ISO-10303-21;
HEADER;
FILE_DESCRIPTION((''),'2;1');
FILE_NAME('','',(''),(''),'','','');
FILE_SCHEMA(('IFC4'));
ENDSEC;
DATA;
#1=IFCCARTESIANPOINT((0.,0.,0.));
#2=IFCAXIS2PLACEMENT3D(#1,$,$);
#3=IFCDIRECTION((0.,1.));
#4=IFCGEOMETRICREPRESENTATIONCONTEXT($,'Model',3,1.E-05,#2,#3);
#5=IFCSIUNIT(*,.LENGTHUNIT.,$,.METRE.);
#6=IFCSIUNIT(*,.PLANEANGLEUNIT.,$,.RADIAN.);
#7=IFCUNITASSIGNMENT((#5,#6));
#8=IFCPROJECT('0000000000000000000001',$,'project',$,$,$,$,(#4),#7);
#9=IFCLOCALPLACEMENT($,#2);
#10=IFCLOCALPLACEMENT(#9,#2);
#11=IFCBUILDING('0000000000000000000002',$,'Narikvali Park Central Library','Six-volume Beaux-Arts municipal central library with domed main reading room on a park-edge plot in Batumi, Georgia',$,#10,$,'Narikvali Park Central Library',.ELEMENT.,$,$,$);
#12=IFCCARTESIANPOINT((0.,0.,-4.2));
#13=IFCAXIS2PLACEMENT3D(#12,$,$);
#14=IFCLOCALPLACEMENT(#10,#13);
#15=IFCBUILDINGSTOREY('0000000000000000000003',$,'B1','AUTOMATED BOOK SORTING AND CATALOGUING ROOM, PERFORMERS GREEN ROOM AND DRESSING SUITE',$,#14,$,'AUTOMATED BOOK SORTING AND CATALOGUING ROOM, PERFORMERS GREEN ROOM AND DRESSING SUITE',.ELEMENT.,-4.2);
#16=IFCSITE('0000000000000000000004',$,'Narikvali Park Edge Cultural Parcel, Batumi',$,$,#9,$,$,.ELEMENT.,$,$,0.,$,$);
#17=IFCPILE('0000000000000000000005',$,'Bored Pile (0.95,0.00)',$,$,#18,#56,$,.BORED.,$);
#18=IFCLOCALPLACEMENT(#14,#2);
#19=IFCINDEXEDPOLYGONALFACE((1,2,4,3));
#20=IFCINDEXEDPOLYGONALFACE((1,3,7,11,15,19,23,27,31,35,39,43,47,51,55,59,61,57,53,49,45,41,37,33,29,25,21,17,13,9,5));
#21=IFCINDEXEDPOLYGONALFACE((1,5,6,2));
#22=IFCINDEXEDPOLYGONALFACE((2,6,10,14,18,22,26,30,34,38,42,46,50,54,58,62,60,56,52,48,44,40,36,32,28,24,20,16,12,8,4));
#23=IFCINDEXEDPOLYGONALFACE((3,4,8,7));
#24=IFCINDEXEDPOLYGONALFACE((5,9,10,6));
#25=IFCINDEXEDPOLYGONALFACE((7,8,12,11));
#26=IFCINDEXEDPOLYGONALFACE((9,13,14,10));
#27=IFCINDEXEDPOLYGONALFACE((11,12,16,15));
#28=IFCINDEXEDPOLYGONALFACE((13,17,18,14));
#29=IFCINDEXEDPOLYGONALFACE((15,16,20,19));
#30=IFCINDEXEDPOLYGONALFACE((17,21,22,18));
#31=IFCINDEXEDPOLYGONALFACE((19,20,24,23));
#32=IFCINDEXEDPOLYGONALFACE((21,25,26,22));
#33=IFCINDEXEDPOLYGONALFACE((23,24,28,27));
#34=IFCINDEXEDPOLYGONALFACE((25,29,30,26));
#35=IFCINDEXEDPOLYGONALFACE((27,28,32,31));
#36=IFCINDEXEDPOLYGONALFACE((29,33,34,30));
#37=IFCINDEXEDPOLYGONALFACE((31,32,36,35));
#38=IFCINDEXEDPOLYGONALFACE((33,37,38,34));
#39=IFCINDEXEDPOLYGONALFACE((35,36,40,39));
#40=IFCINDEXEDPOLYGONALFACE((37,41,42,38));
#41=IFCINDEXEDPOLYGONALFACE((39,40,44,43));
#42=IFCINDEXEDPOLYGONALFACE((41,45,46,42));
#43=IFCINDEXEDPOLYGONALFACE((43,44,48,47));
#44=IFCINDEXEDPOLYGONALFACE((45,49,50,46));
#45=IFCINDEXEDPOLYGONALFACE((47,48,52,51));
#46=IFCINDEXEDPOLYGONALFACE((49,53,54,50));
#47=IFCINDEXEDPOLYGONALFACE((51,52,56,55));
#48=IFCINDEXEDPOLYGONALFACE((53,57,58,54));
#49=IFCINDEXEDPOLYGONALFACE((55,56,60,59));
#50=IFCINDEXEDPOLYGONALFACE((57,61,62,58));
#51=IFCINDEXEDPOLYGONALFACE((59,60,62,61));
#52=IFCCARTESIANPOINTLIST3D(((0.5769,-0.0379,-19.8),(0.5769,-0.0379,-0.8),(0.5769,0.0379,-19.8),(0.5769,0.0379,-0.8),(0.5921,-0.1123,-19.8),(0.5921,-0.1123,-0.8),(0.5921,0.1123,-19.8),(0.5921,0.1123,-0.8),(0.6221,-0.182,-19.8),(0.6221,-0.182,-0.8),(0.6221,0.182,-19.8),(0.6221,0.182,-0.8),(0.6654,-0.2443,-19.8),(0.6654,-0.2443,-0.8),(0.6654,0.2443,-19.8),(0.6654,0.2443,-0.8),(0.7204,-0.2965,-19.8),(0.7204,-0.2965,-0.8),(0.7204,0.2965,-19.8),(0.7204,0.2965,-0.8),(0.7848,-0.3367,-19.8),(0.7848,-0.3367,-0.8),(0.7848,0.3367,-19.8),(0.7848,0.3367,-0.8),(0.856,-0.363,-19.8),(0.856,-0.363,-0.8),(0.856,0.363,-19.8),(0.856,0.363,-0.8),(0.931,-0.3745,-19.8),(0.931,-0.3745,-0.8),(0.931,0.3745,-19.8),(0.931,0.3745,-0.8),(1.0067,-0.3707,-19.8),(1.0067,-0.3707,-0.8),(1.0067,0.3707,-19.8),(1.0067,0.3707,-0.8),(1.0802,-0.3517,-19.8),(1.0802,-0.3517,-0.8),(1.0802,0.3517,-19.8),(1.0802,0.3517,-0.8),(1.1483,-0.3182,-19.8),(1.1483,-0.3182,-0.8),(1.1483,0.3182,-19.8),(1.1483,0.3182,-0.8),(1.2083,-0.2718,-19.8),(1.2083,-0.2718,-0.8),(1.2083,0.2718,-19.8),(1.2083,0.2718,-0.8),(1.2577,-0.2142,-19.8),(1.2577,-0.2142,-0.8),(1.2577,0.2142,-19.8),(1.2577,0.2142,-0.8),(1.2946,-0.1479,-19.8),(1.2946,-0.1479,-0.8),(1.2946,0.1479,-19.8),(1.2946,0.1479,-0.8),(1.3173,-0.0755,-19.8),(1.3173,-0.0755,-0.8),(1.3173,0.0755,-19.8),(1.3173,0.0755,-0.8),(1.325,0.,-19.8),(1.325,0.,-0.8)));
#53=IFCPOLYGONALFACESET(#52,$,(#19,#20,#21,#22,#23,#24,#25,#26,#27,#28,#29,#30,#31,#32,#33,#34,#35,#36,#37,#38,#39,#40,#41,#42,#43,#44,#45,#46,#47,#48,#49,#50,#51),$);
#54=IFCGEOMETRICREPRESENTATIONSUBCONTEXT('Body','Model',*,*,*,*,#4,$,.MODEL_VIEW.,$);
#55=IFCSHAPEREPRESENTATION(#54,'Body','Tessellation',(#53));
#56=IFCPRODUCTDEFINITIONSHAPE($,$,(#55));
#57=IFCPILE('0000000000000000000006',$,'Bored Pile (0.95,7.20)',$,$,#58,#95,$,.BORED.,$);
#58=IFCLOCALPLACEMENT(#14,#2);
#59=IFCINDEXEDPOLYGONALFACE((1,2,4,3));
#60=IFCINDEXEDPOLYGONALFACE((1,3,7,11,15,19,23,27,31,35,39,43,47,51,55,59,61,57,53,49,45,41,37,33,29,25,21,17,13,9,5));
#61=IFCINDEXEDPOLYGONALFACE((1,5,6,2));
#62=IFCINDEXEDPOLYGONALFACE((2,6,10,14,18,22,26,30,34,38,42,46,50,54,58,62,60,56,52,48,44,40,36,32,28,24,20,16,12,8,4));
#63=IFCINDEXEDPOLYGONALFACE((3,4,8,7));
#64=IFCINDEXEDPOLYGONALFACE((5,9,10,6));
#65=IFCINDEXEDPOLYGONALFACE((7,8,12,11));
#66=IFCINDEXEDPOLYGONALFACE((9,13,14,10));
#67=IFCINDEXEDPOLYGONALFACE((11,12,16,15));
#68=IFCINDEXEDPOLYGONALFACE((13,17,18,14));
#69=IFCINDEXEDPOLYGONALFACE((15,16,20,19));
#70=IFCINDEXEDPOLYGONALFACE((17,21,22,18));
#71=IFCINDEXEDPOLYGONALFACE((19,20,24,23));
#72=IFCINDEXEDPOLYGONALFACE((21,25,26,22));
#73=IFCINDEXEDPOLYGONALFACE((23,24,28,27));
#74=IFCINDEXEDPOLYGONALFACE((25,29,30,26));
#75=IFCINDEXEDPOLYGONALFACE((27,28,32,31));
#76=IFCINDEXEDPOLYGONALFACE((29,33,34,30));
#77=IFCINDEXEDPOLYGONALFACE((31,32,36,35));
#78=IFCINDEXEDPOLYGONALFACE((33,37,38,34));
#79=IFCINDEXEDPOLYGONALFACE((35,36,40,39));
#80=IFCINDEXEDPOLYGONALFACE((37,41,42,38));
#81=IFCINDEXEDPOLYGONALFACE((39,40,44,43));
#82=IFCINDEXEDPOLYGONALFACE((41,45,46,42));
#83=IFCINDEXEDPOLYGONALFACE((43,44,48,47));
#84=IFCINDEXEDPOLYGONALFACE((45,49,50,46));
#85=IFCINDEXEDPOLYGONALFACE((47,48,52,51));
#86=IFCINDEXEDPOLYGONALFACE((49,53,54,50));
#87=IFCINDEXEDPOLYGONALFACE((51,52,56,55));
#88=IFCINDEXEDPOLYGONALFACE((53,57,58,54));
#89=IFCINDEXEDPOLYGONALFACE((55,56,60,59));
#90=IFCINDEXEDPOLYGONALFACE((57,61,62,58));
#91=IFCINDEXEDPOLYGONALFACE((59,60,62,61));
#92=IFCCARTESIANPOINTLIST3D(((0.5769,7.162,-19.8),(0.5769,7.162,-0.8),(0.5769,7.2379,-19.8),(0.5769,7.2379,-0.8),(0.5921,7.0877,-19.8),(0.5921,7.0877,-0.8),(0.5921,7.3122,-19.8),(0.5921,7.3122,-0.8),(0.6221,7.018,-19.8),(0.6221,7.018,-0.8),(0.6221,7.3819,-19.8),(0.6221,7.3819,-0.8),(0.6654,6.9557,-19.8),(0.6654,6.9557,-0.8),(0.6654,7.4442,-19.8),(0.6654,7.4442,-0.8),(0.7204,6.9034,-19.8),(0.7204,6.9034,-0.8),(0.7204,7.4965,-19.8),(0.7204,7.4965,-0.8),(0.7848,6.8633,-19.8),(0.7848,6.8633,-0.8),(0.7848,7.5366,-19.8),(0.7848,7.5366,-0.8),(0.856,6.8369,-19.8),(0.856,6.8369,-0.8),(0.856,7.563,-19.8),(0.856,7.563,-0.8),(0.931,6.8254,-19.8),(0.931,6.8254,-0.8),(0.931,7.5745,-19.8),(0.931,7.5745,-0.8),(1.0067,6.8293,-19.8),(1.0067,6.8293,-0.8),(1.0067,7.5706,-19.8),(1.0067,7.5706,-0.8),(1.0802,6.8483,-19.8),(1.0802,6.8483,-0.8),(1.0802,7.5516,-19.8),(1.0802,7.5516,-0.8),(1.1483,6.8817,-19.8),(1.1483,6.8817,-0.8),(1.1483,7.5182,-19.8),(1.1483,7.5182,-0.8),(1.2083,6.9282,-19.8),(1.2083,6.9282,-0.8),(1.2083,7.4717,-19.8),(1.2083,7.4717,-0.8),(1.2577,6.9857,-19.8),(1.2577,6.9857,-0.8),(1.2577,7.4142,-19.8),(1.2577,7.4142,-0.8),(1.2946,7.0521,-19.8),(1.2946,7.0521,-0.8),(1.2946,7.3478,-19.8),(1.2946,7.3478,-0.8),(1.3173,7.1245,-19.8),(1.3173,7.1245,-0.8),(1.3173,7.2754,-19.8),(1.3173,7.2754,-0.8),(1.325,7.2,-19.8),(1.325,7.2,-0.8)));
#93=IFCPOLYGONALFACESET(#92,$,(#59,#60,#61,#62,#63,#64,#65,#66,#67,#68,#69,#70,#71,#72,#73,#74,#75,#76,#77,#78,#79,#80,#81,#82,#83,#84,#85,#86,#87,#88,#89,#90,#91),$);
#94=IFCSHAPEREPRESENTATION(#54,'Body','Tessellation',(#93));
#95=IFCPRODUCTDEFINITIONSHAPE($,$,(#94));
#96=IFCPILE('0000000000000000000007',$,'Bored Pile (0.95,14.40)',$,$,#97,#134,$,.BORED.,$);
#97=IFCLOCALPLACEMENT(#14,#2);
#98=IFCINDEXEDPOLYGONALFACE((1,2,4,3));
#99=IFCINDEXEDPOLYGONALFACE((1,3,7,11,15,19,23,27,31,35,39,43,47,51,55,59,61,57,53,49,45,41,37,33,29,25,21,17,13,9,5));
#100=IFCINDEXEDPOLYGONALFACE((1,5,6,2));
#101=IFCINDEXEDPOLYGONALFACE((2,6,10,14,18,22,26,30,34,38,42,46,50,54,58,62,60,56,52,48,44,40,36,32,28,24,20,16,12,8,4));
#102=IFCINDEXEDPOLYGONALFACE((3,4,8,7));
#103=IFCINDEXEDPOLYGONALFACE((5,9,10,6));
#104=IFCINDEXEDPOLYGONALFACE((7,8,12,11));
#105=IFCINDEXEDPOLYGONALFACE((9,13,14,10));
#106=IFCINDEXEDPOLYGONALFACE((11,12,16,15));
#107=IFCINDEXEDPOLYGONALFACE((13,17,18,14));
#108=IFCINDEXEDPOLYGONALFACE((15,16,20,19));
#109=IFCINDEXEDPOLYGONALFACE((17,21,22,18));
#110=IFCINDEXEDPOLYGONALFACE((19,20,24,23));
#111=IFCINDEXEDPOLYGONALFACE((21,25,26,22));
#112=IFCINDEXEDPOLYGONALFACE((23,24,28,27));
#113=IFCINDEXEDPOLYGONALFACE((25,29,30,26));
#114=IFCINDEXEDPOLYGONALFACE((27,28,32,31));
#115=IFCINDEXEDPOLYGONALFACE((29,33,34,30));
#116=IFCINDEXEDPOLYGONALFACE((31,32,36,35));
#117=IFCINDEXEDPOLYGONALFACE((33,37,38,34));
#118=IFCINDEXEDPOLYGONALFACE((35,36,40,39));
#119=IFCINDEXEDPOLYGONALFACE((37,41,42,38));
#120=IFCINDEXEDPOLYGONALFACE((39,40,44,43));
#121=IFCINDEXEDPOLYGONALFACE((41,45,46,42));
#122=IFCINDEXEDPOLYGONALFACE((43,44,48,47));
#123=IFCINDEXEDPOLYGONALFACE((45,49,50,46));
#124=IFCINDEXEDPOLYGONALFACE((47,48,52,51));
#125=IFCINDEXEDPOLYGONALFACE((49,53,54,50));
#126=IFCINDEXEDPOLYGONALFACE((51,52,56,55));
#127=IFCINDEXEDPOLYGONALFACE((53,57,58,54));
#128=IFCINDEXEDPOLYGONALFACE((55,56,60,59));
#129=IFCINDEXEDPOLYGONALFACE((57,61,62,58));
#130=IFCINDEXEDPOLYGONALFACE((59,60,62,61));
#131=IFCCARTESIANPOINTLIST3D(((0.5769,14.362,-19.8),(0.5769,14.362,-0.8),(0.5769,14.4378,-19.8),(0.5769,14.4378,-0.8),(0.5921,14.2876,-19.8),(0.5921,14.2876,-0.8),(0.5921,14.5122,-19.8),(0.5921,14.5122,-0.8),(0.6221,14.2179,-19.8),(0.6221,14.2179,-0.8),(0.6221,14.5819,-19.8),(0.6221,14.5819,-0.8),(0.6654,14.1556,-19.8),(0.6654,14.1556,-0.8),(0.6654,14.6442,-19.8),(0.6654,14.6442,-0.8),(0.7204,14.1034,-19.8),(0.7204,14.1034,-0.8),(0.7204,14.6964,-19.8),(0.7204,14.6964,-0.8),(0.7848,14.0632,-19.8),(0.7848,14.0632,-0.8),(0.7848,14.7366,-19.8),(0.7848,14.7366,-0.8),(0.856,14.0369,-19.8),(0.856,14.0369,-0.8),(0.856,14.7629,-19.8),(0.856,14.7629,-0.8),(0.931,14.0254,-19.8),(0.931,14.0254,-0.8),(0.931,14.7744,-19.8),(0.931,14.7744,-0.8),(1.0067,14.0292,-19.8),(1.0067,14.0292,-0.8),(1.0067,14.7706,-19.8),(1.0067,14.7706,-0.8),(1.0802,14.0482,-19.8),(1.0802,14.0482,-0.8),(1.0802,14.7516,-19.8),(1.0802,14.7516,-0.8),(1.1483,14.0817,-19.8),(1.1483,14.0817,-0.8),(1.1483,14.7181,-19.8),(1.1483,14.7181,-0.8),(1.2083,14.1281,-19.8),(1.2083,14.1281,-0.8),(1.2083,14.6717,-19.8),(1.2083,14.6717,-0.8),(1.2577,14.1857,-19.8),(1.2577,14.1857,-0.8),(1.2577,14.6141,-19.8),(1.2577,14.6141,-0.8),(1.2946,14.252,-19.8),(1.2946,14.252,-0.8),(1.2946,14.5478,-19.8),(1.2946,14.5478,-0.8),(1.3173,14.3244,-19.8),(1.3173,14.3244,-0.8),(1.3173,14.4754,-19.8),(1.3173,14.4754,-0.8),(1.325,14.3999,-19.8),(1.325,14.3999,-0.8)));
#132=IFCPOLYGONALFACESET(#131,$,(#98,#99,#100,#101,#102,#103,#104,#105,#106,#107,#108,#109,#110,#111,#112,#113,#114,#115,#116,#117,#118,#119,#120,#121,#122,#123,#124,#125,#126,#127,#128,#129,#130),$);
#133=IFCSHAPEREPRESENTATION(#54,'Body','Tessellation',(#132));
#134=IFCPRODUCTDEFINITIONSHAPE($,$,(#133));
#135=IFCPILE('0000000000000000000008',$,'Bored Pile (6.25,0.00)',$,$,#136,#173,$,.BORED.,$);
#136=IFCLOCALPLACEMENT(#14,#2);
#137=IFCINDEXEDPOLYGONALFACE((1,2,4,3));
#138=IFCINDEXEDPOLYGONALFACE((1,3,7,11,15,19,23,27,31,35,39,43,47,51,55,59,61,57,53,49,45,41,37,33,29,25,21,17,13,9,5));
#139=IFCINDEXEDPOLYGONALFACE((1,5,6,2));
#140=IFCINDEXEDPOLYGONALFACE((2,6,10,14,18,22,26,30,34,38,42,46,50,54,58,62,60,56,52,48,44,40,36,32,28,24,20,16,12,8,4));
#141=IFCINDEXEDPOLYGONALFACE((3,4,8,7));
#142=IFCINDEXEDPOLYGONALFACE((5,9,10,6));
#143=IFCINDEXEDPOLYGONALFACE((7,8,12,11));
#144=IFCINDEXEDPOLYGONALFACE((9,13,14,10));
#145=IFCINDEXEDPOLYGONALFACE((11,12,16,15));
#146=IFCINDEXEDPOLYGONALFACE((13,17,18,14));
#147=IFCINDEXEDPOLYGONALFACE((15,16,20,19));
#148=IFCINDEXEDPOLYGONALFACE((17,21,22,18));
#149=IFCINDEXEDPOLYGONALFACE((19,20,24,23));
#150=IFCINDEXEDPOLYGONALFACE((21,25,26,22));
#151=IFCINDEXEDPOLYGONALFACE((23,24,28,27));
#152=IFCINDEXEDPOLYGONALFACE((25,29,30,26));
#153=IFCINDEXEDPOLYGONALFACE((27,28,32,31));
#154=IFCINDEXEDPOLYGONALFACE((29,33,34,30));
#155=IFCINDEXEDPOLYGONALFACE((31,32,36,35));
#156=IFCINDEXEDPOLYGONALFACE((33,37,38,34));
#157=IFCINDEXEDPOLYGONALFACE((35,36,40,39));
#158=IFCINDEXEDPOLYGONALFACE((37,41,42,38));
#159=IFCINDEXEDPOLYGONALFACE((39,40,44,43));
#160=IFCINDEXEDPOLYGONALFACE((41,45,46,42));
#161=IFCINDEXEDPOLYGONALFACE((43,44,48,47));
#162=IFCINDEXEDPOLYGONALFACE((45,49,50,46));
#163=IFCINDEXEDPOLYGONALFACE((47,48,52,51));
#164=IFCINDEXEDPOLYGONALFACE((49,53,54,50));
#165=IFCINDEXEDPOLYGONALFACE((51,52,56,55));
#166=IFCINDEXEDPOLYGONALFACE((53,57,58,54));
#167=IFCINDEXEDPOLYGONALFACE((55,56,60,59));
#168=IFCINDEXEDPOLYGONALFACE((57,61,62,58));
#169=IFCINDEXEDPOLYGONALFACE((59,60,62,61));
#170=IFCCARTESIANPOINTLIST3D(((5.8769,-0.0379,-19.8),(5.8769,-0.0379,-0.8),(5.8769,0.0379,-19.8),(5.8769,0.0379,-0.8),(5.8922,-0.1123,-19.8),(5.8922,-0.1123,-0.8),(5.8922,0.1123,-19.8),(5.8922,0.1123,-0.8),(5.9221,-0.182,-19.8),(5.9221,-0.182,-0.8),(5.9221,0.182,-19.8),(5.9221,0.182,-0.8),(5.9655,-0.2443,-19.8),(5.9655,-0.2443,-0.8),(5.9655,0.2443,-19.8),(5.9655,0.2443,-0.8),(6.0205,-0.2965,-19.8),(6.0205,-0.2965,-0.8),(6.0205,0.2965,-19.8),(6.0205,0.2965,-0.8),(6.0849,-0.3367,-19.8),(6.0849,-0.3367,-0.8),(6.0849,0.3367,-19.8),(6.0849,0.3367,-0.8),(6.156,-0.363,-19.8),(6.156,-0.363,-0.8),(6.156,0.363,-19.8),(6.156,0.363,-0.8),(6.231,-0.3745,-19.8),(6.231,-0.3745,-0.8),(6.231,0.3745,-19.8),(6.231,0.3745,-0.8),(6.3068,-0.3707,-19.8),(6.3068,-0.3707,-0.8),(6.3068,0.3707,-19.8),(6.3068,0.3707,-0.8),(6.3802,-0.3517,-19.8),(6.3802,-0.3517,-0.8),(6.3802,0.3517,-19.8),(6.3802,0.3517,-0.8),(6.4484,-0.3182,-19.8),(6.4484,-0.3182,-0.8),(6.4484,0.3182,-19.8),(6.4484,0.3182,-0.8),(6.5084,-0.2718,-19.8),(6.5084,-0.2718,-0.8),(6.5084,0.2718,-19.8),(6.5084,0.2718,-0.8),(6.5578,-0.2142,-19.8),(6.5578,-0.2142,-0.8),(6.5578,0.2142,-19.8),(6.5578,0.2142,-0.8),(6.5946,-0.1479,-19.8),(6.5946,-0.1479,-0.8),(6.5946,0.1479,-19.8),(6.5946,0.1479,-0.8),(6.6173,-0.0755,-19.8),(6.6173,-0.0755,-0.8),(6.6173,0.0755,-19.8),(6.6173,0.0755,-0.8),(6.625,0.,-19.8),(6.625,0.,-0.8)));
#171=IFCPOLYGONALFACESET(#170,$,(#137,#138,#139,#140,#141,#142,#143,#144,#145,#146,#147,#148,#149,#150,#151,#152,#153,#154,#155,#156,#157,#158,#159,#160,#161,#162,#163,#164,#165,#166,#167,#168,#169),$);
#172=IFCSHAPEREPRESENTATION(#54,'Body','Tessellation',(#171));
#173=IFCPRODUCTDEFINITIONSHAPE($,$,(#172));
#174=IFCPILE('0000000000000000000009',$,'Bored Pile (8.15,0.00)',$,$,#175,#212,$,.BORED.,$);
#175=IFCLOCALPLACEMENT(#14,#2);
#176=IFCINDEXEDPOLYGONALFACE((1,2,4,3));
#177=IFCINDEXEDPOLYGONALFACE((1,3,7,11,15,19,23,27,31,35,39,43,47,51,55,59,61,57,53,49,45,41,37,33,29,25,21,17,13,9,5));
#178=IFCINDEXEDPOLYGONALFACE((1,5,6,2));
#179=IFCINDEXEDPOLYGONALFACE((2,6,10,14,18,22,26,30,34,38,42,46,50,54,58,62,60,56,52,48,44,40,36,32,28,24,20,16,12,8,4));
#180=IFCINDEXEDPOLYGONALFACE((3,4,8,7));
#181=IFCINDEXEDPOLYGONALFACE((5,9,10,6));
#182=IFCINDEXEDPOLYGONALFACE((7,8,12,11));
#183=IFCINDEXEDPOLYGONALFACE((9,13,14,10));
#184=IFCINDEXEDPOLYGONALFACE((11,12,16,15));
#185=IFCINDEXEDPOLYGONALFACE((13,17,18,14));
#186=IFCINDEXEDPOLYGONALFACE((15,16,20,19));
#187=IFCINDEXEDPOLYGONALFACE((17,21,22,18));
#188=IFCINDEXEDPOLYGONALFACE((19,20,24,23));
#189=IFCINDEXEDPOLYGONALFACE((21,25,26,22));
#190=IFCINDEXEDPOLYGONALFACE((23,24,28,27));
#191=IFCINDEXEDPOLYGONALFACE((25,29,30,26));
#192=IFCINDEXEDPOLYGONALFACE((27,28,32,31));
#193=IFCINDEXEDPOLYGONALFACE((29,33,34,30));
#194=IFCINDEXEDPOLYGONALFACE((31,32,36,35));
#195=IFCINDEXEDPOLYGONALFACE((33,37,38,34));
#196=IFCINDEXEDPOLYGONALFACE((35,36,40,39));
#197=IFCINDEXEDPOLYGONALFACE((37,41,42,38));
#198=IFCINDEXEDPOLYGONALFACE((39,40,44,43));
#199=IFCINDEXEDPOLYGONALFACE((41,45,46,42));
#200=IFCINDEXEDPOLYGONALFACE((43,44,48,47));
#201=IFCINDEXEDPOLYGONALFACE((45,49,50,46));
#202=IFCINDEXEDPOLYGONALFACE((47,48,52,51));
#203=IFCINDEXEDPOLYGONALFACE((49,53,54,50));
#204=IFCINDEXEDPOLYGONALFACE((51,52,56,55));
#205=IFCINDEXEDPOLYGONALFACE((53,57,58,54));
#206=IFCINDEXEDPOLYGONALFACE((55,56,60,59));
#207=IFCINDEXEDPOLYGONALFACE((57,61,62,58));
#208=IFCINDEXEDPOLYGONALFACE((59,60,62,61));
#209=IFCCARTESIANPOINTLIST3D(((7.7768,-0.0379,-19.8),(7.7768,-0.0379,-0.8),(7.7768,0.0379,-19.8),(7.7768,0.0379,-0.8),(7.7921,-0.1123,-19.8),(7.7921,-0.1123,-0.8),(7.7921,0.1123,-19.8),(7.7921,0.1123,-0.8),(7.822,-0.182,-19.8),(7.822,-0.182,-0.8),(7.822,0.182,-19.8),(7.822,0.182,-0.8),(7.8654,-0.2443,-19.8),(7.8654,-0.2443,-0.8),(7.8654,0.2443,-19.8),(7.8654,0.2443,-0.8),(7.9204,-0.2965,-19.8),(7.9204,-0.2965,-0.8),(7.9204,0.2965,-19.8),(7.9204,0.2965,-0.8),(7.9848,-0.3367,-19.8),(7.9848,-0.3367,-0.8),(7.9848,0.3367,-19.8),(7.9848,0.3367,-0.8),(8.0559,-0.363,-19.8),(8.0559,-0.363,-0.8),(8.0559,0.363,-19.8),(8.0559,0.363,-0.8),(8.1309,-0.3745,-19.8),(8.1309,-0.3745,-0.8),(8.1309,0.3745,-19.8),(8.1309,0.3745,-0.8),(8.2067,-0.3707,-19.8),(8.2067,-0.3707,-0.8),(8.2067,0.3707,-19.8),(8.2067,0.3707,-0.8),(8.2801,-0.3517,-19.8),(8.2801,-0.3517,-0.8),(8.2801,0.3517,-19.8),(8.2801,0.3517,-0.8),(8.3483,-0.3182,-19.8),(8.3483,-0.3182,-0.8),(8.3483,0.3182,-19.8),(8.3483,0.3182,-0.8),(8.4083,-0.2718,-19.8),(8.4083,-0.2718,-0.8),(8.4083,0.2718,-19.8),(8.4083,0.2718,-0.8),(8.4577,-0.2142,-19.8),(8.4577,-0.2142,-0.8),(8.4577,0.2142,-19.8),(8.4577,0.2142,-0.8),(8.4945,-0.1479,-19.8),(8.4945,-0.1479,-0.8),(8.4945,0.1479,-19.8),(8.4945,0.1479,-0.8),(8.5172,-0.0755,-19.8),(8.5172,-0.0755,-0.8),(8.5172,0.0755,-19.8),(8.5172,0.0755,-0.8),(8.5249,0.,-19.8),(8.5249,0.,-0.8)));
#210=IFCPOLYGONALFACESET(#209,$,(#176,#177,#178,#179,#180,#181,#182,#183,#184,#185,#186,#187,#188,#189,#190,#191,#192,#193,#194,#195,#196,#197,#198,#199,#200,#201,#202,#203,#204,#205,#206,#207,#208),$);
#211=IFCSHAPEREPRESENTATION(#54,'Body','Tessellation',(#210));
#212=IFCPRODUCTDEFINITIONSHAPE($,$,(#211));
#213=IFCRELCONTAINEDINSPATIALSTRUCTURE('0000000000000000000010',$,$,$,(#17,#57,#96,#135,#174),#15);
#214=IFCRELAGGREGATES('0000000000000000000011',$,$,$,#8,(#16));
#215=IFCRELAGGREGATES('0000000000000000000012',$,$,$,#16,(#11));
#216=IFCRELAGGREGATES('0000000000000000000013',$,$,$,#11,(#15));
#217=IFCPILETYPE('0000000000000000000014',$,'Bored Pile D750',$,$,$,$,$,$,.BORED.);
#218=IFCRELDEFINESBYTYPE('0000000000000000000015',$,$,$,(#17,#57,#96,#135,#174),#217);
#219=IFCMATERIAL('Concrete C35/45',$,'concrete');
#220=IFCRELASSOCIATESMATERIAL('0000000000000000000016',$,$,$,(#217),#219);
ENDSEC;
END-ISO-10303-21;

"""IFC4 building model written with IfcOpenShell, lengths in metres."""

from ifc_helpers import new_model, si_unit, direction, frame, origin, origin_2d, place, context, subcontext, project, spatial, circle, extrude, material, material_profile, profile_set, type_object, element, save


model = new_model("IFC4")

# Units and contexts
model_context = context("Model", 3, precision=1e-05, world=origin(), true_north=direction((0.0, 1.0)))
body_context = subcontext(model_context, "Body", "Model", "MODEL_VIEW")
ifc_project = project(units=[si_unit("LENGTHUNIT", "METRE"), si_unit("PLANEANGLEUNIT", "RADIAN")], contexts=[model_context])

# Site, building, storey
site_placement = place(None, origin())
site = spatial("IfcSite", under=ifc_project, at=site_placement, Name="Narikvali Park Edge Cultural Parcel, Batumi", CompositionType="ELEMENT", RefElevation=0.0)
building_placement = place(site_placement, origin())
building = spatial("IfcBuilding", under=site, at=building_placement, Name="Narikvali Park Central Library", Description="Six-volume Beaux-Arts municipal central library with domed main reading room on a park-edge plot in Batumi, Georgia", LongName="Narikvali Park Central Library", CompositionType="ELEMENT")
storey_placement = place(building_placement, frame((0.0, 0.0, -4.2)))
storey = spatial("IfcBuildingStorey", under=building, at=storey_placement, Name="B1", Description="AUTOMATED BOOK SORTING AND CATALOGUING ROOM, PERFORMERS GREEN ROOM AND DRESSING SUITE", LongName="AUTOMATED BOOK SORTING AND CATALOGUING ROOM, PERFORMERS GREEN ROOM AND DRESSING SUITE", CompositionType="ELEMENT", Elevation=-4.2)

# Piles
ifc_material_1 = material(Name="Concrete C35/45", Category="concrete")
ifc_material_profile_1 = material_profile(ifc_material_1, circle(Radius=0.375, at=origin_2d()), Name="PILE D750")
ifc_profile_set_1 = profile_set([ifc_material_profile_1], Name="Concrete C35/45")
pile_type = type_object("IfcPileType", Name="Bored Pile D750", PredefinedType="BORED", material=ifc_profile_set_1)
for number, where, z_axis, x_axis, name in (
    (1, (0.95, 0.0, -0.8), (0.0, 0.0, -1.0), (1.0, 0.0, 0.0), "Bored Pile (0.95,0.00)"),
    (2, (0.95, 7.2, -0.8), (0.0, 0.0, -1.0), (1.0, 0.0, 0.0), "Bored Pile (0.95,7.20)"),
    (3, (0.95, 14.3999, -0.8), (0.0, 0.0, -1.0), (1.0, 0.0, 0.0), "Bored Pile (0.95,14.40)"),
    (4, (6.25, 0.0, -0.8), (0.0, 0.0, -1.0), (1.0, 0.0, 0.0), "Bored Pile (6.25,0.00)"),
    (5, (8.1499, 0.0, -0.8), (0.0, 0.0, -1.0), (1.0, 0.0, 0.0), "Bored Pile (8.15,0.00)"),
):
    element("IfcPile", number, at=place(storey_placement, frame(where, z_axis=z_axis, x_axis=x_axis)), inside=storey, type_object=pile_type, Name=name, PredefinedType="BORED", context=body_context, shape_type="SweptSolid", body=[
        extrude(circle(Radius=0.375, at=origin_2d()), origin(), (0.0, 0.0, 1.0), 19.0),
    ])

save(model, "model.ifc")
